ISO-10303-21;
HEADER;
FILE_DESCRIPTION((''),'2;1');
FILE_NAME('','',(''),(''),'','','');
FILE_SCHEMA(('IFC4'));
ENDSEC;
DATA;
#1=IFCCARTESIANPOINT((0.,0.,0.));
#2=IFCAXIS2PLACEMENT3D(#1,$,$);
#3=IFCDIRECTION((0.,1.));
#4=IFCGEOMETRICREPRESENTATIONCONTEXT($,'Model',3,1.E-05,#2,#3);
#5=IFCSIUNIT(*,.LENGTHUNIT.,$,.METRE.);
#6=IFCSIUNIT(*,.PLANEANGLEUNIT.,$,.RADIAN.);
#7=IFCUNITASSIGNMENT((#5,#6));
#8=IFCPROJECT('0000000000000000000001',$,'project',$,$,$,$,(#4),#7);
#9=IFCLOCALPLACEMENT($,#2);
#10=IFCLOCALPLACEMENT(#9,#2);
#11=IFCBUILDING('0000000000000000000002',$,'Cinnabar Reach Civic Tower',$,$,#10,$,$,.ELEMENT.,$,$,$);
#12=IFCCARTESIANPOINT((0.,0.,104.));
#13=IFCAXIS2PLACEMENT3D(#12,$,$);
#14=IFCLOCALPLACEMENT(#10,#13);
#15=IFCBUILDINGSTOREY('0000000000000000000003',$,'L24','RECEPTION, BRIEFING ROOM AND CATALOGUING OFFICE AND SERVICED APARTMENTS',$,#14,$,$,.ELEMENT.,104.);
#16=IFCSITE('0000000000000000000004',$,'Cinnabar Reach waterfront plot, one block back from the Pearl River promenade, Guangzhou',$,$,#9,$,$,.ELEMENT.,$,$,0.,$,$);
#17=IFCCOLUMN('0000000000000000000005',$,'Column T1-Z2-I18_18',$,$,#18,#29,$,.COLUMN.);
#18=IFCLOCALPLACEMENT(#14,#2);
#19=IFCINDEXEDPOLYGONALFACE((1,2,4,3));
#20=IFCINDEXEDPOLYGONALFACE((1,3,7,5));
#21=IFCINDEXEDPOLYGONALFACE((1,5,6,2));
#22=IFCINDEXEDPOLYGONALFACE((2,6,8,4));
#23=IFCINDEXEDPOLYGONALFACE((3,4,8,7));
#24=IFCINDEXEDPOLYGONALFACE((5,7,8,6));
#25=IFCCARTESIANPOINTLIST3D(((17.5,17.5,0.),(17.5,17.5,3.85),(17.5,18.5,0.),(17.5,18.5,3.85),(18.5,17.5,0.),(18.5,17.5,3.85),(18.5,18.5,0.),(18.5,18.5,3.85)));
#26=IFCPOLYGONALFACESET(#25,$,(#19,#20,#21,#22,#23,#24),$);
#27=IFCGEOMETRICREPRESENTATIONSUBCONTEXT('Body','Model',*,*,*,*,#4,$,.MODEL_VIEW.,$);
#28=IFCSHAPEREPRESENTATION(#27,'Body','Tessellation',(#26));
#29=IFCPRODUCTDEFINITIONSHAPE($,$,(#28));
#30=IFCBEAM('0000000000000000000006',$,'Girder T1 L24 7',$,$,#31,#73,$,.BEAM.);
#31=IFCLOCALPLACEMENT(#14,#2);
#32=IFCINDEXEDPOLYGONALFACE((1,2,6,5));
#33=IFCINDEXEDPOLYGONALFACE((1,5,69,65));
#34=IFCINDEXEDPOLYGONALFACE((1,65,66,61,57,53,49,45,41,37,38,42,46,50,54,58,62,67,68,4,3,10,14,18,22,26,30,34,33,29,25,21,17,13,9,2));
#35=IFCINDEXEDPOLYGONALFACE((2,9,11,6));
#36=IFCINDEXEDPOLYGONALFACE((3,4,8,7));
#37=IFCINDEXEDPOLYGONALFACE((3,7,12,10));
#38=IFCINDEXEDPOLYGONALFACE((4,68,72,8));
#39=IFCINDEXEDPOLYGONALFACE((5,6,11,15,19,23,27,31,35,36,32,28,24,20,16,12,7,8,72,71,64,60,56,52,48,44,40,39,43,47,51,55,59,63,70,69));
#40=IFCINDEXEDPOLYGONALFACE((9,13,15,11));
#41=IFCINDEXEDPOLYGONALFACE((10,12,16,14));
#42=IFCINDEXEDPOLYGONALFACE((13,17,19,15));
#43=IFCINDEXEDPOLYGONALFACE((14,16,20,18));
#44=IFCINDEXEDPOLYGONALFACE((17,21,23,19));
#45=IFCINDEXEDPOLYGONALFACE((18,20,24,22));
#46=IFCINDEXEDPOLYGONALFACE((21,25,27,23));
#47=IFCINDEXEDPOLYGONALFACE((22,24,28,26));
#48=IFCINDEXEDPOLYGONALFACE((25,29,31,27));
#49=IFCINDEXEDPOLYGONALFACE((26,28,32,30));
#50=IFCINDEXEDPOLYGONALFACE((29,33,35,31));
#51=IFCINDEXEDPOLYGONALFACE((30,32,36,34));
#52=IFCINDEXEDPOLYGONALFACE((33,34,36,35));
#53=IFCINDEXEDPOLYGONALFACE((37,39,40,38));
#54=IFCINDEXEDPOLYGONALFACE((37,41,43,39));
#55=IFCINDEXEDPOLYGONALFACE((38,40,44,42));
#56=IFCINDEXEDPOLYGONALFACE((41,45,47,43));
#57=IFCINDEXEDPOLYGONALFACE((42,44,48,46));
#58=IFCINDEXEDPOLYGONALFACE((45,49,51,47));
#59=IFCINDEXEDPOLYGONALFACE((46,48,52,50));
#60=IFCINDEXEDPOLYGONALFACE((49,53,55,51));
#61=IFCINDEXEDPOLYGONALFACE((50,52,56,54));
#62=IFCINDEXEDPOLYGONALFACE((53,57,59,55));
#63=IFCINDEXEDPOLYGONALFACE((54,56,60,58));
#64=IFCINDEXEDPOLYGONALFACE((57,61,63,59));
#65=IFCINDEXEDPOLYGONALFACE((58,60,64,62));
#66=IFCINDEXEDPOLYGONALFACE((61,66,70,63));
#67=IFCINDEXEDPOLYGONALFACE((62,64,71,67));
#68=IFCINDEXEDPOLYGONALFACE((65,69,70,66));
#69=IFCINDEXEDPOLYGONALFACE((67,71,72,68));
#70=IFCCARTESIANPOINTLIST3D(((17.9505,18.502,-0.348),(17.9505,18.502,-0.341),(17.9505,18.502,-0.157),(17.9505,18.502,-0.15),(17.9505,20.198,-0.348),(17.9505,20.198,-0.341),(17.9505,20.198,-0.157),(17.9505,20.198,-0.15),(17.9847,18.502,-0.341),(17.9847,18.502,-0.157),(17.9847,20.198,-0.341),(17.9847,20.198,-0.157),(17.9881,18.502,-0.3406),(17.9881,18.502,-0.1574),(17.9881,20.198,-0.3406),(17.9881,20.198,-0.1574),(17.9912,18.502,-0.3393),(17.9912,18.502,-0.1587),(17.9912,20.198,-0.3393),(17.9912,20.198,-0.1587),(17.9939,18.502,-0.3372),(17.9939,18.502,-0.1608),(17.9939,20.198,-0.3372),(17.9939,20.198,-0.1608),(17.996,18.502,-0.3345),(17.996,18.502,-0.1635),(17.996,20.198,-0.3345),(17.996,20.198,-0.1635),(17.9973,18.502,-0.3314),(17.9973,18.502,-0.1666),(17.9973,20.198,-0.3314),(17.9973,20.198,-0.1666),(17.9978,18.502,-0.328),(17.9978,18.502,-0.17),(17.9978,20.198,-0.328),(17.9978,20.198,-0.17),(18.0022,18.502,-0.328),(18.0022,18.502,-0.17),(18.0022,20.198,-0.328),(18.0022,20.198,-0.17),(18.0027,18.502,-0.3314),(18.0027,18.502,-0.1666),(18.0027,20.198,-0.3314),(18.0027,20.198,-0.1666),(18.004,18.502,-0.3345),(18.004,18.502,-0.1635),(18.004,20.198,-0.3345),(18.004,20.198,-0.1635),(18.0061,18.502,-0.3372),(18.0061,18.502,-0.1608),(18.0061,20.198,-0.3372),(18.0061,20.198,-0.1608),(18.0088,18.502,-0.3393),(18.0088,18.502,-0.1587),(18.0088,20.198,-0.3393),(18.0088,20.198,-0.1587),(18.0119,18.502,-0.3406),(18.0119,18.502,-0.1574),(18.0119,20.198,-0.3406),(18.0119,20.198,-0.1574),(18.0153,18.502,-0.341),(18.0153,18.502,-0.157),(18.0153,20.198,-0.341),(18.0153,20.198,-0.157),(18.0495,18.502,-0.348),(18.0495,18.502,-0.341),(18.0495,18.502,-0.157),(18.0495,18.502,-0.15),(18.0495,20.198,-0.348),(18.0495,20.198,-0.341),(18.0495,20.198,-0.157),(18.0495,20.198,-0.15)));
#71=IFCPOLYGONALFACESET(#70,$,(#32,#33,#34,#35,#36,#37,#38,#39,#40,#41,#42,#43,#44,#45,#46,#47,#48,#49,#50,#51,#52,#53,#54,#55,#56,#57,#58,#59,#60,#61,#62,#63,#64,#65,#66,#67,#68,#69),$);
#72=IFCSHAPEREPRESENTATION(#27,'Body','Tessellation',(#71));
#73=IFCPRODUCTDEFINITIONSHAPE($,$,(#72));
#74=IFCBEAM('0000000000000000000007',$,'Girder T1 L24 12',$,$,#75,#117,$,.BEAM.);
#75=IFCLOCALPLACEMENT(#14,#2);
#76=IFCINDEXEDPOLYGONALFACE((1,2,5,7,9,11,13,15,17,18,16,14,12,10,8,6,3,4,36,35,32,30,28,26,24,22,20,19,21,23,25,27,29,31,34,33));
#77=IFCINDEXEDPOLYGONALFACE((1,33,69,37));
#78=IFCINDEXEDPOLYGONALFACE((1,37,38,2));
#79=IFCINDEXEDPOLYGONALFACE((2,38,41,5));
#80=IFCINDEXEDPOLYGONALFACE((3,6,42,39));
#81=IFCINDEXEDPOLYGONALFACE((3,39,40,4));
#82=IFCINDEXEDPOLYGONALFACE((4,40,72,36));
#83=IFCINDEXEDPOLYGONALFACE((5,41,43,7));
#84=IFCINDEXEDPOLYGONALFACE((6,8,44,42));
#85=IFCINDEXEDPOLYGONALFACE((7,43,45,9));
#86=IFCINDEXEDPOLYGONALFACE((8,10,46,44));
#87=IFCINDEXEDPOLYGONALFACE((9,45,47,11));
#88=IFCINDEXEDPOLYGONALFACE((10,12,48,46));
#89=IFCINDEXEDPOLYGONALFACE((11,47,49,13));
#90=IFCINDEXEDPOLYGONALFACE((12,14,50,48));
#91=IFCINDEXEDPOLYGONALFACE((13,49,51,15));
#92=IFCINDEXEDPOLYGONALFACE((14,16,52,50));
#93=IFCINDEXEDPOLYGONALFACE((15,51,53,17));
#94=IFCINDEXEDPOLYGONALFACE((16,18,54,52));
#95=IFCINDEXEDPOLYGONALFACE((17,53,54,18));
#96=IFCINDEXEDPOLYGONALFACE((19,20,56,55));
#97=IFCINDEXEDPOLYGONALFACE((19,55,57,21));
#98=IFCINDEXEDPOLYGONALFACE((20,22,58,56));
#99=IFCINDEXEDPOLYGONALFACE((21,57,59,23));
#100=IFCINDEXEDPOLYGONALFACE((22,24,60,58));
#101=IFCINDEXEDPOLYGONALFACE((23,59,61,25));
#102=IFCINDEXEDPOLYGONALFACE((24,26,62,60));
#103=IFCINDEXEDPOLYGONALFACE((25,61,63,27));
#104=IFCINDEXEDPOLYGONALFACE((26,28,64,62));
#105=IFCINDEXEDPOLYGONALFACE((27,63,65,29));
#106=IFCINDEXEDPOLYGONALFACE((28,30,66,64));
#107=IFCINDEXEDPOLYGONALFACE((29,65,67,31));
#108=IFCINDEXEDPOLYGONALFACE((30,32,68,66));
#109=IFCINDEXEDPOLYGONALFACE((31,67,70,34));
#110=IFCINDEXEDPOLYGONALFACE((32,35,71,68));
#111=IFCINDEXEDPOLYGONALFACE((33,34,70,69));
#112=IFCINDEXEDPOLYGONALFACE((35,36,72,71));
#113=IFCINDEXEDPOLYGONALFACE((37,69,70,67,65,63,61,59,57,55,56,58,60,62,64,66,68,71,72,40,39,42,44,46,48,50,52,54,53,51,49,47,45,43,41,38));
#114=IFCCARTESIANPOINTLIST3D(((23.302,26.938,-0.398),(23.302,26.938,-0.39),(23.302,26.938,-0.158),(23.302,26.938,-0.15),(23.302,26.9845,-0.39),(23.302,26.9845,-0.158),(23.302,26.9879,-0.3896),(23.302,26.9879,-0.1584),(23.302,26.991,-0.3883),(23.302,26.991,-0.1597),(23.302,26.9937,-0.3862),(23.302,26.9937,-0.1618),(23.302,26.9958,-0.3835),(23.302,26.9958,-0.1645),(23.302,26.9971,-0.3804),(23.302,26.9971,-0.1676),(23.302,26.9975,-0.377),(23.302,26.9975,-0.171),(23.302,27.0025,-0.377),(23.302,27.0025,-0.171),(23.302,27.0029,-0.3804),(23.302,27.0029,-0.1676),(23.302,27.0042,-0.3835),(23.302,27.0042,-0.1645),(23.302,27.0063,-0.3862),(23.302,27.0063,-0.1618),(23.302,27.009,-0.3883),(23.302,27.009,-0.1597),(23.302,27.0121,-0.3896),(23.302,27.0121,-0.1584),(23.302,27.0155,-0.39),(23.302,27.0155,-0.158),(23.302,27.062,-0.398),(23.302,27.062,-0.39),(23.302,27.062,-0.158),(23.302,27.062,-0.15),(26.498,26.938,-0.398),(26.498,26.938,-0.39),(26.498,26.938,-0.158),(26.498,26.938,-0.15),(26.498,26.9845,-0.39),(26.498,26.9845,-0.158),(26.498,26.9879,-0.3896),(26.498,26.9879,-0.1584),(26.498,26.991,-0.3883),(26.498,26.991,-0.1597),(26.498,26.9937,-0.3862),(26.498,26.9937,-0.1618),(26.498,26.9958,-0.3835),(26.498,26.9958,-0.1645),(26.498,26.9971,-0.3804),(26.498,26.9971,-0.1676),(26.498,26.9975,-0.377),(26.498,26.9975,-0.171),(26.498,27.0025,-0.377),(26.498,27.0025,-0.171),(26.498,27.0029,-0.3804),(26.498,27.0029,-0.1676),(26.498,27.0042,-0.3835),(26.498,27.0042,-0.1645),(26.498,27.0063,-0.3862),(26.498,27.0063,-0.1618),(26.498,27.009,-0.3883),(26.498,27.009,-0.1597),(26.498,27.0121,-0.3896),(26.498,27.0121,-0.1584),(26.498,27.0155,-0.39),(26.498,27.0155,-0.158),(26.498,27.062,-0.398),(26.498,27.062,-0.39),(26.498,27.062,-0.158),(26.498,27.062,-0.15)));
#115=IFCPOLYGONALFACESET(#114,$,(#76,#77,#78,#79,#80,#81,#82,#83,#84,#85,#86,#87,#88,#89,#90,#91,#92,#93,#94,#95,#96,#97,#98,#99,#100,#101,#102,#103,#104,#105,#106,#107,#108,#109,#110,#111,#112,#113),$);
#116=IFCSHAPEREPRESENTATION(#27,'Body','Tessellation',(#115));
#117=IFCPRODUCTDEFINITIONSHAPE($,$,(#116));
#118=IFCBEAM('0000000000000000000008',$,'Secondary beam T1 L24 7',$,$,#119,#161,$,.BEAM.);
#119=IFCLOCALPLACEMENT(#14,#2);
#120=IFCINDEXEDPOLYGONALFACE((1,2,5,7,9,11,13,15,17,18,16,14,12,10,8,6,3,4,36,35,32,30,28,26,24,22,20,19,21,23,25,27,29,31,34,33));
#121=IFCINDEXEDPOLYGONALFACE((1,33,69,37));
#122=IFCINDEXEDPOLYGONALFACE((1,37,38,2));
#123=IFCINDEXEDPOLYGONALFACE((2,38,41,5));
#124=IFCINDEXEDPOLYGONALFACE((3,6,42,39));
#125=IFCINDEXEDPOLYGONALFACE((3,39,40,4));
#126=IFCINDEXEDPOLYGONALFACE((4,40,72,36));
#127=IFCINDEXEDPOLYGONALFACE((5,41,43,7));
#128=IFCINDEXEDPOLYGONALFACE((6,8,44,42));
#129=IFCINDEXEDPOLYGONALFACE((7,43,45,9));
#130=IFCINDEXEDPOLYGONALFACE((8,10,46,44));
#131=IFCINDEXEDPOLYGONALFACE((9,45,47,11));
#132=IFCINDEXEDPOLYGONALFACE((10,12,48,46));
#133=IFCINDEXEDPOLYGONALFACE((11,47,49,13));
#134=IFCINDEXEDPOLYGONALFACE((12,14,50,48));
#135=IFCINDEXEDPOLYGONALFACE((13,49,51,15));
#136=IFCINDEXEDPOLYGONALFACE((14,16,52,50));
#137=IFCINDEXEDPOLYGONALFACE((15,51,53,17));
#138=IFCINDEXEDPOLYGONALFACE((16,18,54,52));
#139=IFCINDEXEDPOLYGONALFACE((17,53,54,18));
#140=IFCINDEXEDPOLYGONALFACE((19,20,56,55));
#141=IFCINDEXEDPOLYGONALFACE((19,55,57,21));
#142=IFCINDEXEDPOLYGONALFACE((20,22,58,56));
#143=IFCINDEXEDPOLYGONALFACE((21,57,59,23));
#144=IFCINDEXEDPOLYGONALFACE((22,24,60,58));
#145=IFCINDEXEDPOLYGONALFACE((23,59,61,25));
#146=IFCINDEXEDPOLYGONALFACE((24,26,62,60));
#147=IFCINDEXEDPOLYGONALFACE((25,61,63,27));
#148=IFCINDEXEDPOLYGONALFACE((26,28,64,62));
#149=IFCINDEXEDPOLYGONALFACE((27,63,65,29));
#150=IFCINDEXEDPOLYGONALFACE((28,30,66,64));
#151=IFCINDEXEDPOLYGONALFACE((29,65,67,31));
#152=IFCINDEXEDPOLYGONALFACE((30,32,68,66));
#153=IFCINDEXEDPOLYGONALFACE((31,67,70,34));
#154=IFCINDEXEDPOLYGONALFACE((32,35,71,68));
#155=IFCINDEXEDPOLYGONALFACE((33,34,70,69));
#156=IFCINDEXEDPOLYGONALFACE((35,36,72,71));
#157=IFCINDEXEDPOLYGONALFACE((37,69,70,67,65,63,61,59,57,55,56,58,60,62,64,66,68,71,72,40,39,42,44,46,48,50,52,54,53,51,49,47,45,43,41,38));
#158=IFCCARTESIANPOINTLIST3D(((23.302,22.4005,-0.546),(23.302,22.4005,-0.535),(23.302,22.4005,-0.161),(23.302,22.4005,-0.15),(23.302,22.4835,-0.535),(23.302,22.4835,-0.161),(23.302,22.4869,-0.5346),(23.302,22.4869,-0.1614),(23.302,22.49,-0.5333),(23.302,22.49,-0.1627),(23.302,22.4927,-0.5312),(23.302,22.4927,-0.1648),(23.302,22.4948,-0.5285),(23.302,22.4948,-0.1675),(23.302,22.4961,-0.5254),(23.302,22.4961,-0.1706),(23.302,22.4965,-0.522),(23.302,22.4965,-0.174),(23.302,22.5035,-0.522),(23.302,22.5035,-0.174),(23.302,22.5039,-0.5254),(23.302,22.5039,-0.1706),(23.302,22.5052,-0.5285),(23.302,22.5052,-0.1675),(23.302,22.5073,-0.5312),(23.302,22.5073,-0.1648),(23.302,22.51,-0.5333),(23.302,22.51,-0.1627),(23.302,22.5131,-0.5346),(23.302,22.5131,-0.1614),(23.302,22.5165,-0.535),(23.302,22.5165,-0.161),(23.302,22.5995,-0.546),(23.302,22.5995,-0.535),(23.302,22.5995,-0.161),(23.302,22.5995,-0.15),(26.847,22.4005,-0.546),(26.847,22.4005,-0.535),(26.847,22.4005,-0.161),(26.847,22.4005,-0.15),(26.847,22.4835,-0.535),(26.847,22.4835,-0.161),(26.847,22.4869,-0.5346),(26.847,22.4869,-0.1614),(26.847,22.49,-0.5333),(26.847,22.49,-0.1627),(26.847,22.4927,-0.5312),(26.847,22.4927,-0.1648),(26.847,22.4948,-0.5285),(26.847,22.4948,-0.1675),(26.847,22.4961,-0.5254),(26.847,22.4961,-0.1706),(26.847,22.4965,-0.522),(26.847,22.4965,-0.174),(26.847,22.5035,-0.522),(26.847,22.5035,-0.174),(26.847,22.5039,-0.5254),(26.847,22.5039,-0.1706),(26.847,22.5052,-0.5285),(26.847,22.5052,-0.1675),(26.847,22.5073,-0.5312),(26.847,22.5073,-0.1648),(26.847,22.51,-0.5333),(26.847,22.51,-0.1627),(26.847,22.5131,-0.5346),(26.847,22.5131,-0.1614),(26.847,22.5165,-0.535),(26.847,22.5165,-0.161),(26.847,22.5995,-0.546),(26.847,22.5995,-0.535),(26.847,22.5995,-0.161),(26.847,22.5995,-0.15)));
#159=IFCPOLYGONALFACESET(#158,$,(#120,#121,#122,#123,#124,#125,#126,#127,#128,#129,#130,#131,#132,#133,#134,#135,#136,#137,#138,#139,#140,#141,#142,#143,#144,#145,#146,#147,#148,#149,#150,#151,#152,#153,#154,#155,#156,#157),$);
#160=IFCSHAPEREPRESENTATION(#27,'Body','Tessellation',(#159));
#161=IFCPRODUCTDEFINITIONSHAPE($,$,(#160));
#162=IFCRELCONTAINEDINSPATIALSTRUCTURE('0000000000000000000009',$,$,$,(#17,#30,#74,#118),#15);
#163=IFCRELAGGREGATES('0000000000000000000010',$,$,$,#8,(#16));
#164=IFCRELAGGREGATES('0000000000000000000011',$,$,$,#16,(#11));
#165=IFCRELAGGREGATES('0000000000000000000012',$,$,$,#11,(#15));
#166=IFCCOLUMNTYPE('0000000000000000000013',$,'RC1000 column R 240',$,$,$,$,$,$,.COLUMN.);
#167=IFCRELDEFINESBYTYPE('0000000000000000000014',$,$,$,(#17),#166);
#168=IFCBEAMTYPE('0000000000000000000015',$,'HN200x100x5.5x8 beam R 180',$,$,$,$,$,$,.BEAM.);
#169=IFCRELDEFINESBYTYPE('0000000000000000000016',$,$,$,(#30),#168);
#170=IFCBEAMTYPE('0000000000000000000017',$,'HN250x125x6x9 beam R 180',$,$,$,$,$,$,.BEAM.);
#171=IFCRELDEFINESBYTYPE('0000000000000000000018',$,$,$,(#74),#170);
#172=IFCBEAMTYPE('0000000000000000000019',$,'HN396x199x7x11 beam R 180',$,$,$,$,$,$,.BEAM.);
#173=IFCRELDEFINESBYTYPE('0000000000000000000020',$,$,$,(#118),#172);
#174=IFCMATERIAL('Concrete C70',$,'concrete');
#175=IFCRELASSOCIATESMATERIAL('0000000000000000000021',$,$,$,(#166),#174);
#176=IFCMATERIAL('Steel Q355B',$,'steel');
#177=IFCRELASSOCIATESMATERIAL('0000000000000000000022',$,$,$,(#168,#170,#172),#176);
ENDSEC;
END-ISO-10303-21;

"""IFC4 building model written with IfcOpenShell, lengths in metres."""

from ifc_helpers import new_model, si_unit, direction, frame, origin, origin_2d, place, context, subcontext, project, spatial, rectangle, i_section, extrude, material, material_profile, profile_set, type_object, element, save


model = new_model("IFC4")

# Units and contexts
model_context = context("Model", 3, precision=1e-05, world=origin(), true_north=direction((0.0, 1.0)))
body_context = subcontext(model_context, "Body", "Model", "MODEL_VIEW")
ifc_project = project(units=[si_unit("LENGTHUNIT", "METRE"), si_unit("PLANEANGLEUNIT", "RADIAN")], contexts=[model_context])

# Site, building, storey
site_placement = place(None, origin())
site = spatial("IfcSite", under=ifc_project, at=site_placement, Name="Cinnabar Reach waterfront plot, one block back from the Pearl River promenade, Guangzhou", CompositionType="ELEMENT", RefElevation=0.0)
building_placement = place(site_placement, origin())
building = spatial("IfcBuilding", under=site, at=building_placement, Name="Cinnabar Reach Civic Tower", CompositionType="ELEMENT")
storey_placement = place(building_placement, frame((0.0, 0.0, 104.0)))
storey = spatial("IfcBuildingStorey", under=building, at=storey_placement, Name="L24", Description="RECEPTION, BRIEFING ROOM AND CATALOGUING OFFICE AND SERVICED APARTMENTS", CompositionType="ELEMENT", Elevation=104.0)

# Column
ifc_material_1 = material(Name="Concrete C70", Category="concrete")
ifc_material_profile_1 = material_profile(ifc_material_1, rectangle(XDim=1.0, YDim=1.0, at=origin_2d()), Name="RC1000")
ifc_profile_set_1 = profile_set([ifc_material_profile_1], Name="Concrete C70")
column_type = type_object("IfcColumnType", Name="RC1000 column R 240", PredefinedType="COLUMN", material=ifc_profile_set_1)
column_placement = place(storey_placement, frame((18.0, 18.0, 0.0), z_axis=(0.0, 0.0, 1.0), x_axis=(1.0, 0.0, 0.0)))
element("IfcColumn", 1, at=column_placement, inside=storey, type_object=column_type, Name="Column T1-Z2-I18_18", PredefinedType="COLUMN", context=body_context, shape_type="SweptSolid", body=[
    extrude(rectangle(XDim=1.0, YDim=1.0, at=origin_2d()), origin(), (0.0, 0.0, 1.0), 3.85),
])

# Beams
ifc_material_2 = material(Name="Steel Q355B", Category="steel")
ifc_material_profile_2 = material_profile(ifc_material_2, i_section(OverallWidth=0.099, OverallDepth=0.198, WebThickness=0.0045, FlangeThickness=0.007, FilletRadius=0.013, at=origin_2d()), Name="HN200x100x5.5x8")
ifc_profile_set_2 = profile_set([ifc_material_profile_2], Name="Steel Q355B")
beam_type_1 = type_object("IfcBeamType", Name="HN200x100x5.5x8 beam R 180", PredefinedType="BEAM", material=ifc_profile_set_2)
beam_1_placement = place(storey_placement, frame((18.0, 18.502, -0.249), z_axis=(0.0, 1.0, 0.0), x_axis=(-1.0, 0.0, 0.0)))
element("IfcBeam", 2, at=beam_1_placement, inside=storey, type_object=beam_type_1, Name="Girder T1 L24 7", PredefinedType="BEAM", context=body_context, shape_type="SweptSolid", body=[
    extrude(i_section(OverallWidth=0.099, OverallDepth=0.198, WebThickness=0.0045, FlangeThickness=0.007, FilletRadius=0.013, at=origin_2d()), origin(), (0.0, 0.0, 1.0), 1.696),
])
ifc_material_profile_3 = material_profile(ifc_material_2, i_section(OverallWidth=0.124, OverallDepth=0.248, WebThickness=0.005, FlangeThickness=0.008, FilletRadius=0.013, at=origin_2d()), Name="HN250x125x6x9")
ifc_profile_set_3 = profile_set([ifc_material_profile_3], Name="Steel Q355B")
beam_type_2 = type_object("IfcBeamType", Name="HN250x125x6x9 beam R 180", PredefinedType="BEAM", material=ifc_profile_set_3)
beam_2_placement = place(storey_placement, frame((23.302, 27.0, -0.274), z_axis=(1.0, 0.0, 0.0), x_axis=(0.0, 1.0, 0.0)))
element("IfcBeam", 3, at=beam_2_placement, inside=storey, type_object=beam_type_2, Name="Girder T1 L24 12", PredefinedType="BEAM", context=body_context, shape_type="SweptSolid", body=[
    extrude(i_section(OverallWidth=0.124, OverallDepth=0.248, WebThickness=0.005, FlangeThickness=0.008, FilletRadius=0.013, at=origin_2d()), origin(), (0.0, 0.0, 1.0), 3.196),
])
ifc_material_profile_4 = material_profile(ifc_material_2, i_section(OverallWidth=0.199, OverallDepth=0.396, WebThickness=0.007, FlangeThickness=0.011, FilletRadius=0.013, at=origin_2d()), Name="HN396x199x7x11")
ifc_profile_set_4 = profile_set([ifc_material_profile_4], Name="Steel Q355B")
beam_type_3 = type_object("IfcBeamType", Name="HN396x199x7x11 beam R 180", PredefinedType="BEAM", material=ifc_profile_set_4)
beam_3_placement = place(storey_placement, frame((23.302, 22.5, -0.348), z_axis=(1.0, 0.0, 0.0), x_axis=(0.0, 1.0, 0.0)))
element("IfcBeam", 4, at=beam_3_placement, inside=storey, type_object=beam_type_3, Name="Secondary beam T1 L24 7", PredefinedType="BEAM", context=body_context, shape_type="SweptSolid", body=[
    extrude(i_section(OverallWidth=0.199, OverallDepth=0.396, WebThickness=0.007, FlangeThickness=0.011, FilletRadius=0.013, at=origin_2d()), origin(), (0.0, 0.0, 1.0), 3.545),
])

save(model, "model.ifc")
